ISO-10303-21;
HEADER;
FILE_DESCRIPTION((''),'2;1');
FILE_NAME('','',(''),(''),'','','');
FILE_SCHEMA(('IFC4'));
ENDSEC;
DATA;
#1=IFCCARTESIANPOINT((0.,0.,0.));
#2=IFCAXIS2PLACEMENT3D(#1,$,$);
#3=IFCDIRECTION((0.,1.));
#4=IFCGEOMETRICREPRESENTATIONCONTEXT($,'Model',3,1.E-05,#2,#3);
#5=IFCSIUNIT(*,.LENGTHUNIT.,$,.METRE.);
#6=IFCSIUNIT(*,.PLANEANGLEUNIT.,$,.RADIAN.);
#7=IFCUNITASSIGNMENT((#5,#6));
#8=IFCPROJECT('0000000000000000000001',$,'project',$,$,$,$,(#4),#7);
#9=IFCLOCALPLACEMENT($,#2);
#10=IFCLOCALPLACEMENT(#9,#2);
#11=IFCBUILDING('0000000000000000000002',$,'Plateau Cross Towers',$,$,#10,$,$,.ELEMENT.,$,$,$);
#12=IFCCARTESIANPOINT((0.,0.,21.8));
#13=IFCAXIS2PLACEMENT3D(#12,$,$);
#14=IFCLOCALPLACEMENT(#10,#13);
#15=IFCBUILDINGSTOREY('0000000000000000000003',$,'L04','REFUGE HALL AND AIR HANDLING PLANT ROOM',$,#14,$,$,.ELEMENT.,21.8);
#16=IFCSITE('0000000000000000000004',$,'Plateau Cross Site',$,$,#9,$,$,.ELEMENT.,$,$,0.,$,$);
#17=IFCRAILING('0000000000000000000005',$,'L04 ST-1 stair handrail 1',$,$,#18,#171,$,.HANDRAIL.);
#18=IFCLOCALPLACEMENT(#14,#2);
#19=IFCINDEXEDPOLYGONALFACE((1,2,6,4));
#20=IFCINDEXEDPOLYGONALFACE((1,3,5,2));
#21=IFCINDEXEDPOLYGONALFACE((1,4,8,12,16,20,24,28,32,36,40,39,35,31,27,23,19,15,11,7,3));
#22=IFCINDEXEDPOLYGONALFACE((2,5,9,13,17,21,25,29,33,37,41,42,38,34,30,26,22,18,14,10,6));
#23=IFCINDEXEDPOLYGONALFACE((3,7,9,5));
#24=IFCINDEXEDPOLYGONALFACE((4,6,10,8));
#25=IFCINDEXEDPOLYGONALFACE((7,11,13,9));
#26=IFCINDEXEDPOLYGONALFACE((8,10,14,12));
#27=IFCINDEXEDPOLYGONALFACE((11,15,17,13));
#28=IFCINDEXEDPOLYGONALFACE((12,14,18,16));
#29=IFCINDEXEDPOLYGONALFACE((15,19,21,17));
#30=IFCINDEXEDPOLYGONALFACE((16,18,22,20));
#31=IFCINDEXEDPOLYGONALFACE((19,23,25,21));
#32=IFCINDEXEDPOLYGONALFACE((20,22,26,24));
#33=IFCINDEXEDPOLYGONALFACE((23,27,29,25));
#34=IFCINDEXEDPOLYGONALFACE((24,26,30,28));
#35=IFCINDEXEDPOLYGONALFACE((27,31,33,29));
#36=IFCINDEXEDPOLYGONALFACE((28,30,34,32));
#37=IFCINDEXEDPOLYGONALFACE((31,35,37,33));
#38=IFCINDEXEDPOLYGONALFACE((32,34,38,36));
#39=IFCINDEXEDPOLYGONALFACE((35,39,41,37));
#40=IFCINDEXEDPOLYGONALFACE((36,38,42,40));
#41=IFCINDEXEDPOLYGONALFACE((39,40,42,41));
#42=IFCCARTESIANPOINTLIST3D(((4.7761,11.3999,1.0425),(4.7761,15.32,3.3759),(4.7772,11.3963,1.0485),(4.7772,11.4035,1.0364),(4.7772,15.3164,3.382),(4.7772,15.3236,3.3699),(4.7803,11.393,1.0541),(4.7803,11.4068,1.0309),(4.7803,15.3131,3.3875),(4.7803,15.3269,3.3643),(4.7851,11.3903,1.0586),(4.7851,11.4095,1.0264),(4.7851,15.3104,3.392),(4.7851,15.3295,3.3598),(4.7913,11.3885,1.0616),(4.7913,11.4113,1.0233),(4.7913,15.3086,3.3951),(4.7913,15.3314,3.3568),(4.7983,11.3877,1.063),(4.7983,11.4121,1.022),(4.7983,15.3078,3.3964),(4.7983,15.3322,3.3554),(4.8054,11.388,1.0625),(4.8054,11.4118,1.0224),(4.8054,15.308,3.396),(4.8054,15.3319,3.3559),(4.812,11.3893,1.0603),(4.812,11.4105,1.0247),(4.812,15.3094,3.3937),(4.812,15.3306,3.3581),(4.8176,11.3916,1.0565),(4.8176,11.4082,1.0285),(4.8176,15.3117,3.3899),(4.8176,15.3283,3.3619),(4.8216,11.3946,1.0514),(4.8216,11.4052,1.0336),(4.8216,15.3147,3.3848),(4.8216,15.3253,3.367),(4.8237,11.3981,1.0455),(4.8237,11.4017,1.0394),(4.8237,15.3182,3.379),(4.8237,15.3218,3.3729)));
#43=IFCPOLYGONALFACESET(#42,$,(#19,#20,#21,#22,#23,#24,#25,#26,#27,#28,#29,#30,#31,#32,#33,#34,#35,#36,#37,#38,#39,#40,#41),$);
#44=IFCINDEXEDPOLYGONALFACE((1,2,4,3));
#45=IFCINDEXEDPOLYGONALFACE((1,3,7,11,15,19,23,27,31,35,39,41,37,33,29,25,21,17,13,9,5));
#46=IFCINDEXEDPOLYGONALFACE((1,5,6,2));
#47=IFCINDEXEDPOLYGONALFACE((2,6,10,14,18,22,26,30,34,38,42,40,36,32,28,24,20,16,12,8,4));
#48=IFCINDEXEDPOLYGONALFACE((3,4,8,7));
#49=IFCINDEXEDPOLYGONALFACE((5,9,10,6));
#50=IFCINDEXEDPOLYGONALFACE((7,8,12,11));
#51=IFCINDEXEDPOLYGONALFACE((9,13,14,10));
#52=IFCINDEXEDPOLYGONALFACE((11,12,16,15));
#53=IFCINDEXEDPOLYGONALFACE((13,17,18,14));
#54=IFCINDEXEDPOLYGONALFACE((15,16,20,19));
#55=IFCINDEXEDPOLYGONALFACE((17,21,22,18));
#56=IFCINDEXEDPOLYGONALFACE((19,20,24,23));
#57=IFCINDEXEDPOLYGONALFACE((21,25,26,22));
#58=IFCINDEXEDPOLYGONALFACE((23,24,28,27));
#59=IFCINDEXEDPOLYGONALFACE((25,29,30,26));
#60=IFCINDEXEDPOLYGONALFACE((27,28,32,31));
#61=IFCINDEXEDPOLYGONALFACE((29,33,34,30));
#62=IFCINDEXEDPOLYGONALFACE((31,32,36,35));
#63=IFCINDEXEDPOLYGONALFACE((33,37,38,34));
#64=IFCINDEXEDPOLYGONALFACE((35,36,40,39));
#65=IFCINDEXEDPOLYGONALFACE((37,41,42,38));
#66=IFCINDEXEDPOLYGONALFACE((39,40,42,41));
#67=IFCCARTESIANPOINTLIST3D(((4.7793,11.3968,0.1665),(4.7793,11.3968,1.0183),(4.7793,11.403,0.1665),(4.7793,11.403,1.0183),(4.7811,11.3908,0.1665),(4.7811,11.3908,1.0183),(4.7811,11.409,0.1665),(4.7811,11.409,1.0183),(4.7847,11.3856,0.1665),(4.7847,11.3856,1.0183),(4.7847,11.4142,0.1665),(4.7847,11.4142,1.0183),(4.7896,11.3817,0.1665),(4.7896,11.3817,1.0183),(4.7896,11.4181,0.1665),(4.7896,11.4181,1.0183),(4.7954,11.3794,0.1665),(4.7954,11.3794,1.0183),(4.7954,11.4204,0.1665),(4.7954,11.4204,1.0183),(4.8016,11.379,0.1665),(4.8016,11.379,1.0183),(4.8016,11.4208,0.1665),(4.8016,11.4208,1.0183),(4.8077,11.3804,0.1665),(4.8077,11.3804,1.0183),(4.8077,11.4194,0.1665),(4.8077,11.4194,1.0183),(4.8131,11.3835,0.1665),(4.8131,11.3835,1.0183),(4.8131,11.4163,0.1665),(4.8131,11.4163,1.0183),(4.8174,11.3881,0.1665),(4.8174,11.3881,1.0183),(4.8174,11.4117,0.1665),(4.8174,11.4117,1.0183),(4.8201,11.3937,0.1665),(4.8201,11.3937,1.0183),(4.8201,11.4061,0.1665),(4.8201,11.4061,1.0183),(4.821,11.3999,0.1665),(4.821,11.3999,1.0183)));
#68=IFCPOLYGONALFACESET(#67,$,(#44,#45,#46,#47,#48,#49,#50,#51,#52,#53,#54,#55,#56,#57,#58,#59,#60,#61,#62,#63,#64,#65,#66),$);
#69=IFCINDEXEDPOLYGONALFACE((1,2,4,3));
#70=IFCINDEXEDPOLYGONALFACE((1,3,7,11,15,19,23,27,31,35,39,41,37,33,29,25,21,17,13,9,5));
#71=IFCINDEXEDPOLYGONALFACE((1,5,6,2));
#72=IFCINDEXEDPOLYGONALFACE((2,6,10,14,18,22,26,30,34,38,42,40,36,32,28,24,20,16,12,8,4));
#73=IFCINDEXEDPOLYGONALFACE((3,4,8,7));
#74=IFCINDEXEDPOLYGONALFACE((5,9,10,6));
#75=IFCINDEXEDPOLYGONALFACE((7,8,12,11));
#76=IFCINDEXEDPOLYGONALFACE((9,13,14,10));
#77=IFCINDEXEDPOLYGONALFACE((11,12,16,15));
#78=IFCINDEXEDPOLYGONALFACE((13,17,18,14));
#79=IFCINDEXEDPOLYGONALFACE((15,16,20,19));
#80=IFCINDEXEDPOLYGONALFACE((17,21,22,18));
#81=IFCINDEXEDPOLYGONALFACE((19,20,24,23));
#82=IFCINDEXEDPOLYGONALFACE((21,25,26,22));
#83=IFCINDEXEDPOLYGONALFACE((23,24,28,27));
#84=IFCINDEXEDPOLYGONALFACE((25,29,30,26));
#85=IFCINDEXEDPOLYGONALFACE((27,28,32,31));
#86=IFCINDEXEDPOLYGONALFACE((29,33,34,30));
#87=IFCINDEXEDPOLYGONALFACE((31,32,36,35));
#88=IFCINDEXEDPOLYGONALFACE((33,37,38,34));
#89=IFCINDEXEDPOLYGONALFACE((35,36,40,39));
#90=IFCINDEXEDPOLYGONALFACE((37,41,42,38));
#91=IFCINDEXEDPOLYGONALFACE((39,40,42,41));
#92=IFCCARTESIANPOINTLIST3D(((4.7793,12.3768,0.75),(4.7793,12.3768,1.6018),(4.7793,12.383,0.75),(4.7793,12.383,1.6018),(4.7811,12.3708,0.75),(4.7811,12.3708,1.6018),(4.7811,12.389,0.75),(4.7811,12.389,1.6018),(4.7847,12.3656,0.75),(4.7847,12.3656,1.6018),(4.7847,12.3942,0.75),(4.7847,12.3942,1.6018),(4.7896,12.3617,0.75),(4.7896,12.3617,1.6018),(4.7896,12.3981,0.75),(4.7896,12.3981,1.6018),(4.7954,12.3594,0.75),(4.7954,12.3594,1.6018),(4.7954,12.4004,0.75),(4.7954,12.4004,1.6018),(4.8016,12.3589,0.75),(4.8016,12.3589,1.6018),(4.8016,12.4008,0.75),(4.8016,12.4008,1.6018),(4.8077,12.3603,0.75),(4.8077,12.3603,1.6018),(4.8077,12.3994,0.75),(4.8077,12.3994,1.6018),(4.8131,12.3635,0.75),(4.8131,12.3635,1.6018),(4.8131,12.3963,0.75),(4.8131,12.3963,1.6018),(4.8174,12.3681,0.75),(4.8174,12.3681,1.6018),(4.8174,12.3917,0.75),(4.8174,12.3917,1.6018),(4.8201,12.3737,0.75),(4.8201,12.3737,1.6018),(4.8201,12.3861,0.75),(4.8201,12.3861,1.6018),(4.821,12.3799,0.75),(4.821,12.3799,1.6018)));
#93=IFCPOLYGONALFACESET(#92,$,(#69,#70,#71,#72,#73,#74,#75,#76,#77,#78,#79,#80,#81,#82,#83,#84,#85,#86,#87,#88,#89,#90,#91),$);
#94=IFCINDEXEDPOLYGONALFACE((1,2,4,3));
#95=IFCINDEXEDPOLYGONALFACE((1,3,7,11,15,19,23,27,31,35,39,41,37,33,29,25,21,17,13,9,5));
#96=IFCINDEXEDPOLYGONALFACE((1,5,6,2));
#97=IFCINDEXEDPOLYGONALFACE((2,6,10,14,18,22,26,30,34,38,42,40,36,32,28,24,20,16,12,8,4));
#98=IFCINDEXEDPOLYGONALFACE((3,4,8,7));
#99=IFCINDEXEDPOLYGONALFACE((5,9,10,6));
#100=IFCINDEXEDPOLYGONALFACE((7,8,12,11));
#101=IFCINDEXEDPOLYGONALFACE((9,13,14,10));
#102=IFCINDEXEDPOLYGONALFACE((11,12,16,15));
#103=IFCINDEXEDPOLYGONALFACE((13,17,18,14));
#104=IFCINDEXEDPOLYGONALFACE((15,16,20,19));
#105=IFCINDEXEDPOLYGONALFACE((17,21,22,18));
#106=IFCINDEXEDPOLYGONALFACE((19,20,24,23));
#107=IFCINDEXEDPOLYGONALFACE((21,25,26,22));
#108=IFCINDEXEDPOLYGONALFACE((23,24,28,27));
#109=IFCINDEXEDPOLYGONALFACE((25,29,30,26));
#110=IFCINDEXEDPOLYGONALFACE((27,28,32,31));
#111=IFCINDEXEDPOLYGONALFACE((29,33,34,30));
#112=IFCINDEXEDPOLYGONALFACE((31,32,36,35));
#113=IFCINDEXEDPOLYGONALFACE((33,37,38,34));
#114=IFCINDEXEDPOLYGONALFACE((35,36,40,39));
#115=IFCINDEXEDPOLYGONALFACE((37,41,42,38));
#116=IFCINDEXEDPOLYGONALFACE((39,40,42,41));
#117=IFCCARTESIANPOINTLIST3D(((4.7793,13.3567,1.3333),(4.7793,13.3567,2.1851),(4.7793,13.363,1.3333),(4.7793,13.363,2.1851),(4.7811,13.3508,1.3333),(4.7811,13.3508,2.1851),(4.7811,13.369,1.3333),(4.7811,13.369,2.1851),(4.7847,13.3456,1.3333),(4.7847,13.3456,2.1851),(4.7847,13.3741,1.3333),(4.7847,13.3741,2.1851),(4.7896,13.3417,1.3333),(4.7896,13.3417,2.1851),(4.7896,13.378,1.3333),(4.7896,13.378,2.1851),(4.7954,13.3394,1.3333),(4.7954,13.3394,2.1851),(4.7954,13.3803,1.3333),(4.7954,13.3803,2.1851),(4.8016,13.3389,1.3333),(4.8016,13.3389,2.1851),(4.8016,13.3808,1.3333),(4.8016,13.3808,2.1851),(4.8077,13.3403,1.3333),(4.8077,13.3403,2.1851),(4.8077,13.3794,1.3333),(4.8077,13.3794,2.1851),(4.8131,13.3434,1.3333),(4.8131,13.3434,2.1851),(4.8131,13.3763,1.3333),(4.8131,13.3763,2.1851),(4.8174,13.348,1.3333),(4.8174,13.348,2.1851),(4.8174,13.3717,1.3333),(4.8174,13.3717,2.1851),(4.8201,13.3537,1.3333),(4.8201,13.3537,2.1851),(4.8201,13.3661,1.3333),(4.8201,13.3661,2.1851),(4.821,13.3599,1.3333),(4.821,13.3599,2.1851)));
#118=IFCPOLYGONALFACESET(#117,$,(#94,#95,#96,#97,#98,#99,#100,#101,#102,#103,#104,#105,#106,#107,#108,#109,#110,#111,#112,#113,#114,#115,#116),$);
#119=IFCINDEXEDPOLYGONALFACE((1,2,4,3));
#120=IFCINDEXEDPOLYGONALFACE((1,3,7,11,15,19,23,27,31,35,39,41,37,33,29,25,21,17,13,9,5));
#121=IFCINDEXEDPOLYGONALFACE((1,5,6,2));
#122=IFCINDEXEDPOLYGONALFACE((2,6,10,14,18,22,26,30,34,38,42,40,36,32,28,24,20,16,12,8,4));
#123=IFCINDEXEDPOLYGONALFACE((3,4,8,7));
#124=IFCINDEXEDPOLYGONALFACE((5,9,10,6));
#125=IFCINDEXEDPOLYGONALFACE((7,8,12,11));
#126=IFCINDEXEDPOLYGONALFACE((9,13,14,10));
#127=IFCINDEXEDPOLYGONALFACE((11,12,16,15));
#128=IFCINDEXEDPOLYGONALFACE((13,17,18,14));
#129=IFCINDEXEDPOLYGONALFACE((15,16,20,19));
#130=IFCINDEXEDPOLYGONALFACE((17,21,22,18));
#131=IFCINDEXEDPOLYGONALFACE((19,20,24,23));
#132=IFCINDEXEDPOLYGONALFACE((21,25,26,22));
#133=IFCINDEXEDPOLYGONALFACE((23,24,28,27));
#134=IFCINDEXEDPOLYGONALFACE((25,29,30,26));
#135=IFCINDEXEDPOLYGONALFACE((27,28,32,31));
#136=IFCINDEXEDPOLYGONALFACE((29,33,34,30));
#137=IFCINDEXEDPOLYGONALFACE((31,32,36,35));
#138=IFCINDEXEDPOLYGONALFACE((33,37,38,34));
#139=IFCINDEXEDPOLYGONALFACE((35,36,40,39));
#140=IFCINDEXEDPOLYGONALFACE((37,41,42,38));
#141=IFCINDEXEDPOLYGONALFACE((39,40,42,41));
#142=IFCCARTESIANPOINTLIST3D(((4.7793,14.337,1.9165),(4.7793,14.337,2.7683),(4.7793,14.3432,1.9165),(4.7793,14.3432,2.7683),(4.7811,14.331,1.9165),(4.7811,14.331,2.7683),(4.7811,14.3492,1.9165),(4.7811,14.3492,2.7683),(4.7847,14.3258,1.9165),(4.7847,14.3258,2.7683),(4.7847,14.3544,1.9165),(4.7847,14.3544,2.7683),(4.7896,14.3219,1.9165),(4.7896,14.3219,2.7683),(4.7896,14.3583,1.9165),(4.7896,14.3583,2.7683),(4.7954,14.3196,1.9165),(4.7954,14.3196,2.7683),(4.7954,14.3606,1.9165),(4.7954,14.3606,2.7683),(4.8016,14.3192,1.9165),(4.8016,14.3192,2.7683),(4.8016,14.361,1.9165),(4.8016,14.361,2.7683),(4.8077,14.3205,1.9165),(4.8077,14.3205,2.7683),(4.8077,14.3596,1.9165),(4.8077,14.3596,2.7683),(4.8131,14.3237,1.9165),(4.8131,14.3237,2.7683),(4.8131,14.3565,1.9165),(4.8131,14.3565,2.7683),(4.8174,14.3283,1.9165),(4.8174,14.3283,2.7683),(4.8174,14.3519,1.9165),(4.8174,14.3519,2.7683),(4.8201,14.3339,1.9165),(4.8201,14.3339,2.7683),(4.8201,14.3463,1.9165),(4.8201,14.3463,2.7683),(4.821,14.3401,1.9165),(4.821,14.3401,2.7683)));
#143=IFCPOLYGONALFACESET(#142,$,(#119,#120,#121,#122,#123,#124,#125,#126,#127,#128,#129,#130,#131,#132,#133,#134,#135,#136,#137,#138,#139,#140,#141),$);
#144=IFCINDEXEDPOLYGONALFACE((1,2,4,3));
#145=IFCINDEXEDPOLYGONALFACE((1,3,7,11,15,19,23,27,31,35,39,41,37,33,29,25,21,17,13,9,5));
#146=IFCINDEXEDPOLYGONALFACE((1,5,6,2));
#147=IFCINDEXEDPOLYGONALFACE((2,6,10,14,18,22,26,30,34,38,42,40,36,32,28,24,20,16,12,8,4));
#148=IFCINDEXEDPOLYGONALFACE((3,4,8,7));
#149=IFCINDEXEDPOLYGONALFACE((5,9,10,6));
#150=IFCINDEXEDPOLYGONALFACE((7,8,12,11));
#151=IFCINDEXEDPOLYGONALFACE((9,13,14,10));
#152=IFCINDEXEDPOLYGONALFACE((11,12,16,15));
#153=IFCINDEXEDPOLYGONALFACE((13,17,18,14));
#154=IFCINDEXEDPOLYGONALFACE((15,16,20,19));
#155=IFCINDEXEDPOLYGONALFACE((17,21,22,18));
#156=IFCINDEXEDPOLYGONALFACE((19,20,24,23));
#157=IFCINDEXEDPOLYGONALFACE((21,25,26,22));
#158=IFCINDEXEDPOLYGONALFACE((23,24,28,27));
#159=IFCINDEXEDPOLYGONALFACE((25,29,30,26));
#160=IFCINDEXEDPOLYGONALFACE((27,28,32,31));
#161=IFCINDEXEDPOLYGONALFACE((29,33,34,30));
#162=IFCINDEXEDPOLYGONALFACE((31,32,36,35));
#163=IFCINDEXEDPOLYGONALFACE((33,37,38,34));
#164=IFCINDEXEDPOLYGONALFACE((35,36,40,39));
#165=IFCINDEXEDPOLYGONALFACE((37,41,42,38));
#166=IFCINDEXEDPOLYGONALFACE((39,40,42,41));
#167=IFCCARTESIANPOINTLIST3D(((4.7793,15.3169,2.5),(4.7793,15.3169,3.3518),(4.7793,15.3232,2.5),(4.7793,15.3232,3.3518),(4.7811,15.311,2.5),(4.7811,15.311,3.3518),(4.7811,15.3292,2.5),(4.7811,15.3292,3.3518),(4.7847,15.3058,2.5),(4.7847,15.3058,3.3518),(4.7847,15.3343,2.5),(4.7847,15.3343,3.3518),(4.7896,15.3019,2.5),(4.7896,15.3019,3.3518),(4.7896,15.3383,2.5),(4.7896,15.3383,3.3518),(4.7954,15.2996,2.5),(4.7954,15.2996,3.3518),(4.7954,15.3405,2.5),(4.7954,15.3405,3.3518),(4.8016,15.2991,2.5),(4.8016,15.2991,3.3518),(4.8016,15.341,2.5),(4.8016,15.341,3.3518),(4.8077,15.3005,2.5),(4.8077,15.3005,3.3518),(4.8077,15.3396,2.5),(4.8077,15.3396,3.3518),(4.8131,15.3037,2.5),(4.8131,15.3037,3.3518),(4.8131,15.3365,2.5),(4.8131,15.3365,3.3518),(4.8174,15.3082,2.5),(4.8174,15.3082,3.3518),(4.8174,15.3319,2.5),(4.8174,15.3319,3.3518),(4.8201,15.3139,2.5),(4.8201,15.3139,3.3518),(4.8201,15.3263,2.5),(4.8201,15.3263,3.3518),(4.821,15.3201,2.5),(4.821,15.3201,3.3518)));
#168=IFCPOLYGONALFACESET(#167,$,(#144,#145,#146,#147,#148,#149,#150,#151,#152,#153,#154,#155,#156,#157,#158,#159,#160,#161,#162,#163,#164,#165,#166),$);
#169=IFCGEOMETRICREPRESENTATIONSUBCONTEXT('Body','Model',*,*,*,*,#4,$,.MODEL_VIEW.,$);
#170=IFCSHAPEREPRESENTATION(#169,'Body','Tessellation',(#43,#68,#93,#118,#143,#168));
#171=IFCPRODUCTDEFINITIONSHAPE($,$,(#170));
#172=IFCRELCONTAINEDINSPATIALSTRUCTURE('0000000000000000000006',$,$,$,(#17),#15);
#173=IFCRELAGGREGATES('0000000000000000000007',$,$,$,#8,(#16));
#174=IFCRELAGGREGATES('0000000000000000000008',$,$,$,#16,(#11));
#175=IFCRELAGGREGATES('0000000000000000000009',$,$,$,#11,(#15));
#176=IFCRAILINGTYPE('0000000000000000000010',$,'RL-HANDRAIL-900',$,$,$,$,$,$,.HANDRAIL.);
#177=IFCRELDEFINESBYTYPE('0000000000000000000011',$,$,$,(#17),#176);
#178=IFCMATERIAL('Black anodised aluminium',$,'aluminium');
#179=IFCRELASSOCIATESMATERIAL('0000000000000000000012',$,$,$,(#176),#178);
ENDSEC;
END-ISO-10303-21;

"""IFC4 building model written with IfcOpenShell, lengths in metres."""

from ifc_helpers import new_model, si_unit, direction, frame, origin, origin_2d, place, context, subcontext, project, spatial, circle, extrude, material, type_object, element, save


model = new_model("IFC4")

# Units and contexts
model_context = context("Model", 3, precision=1e-05, world=origin(), true_north=direction((0.0, 1.0)))
body_context = subcontext(model_context, "Body", "Model", "MODEL_VIEW")
ifc_project = project(units=[si_unit("LENGTHUNIT", "METRE"), si_unit("PLANEANGLEUNIT", "RADIAN")], contexts=[model_context])

# Site, building, storey
site_placement = place(None, origin())
site = spatial("IfcSite", under=ifc_project, at=site_placement, Name="Plateau Cross Site", CompositionType="ELEMENT", RefElevation=0.0)
building_placement = place(site_placement, origin())
building = spatial("IfcBuilding", under=site, at=building_placement, Name="Plateau Cross Towers", CompositionType="ELEMENT")
storey_placement = place(building_placement, frame((0.0, 0.0, 21.8)))
storey = spatial("IfcBuildingStorey", under=building, at=storey_placement, Name="L04", Description="REFUGE HALL AND AIR HANDLING PLANT ROOM", CompositionType="ELEMENT", Elevation=21.8)

# Shared definitions
ifc_material_1 = material(Name="Black anodised aluminium", Category="aluminium")

# Railing
railing_type_1 = type_object("IfcRailingType", Name="RL-HANDRAIL-900", PredefinedType="HANDRAIL", material=ifc_material_1)
railing_1_placement = place(storey_placement, frame((4.8, 11.3999, 0.1665)))
element("IfcRailing", 1, at=railing_1_placement, inside=storey, type_object=railing_type_1, Name="L04 ST-1 stair handrail 1", PredefinedType="HANDRAIL", context=body_context, shape_type="SweptSolid", body=[
    extrude(circle(Radius=0.0239, at=origin_2d()), frame((0.0, 0.0, 0.876), z_axis=(0.0, 0.859287, 0.511494), x_axis=(-1.0, 0.0, 0.0)), (0.0, 0.0, 1.0), 4.562),
    extrude(circle(Radius=0.021, at=origin_2d()), origin(), (0.0, 0.0, 1.0), 0.8518),
    extrude(circle(Radius=0.021, at=origin_2d()), frame((0.0, 0.98, 0.5835)), (0.0, 0.0, 1.0), 0.8518),
    extrude(circle(Radius=0.021, at=origin_2d()), frame((0.0, 1.96, 1.1667)), (0.0, 0.0, 1.0), 0.8518),
    extrude(circle(Radius=0.021, at=origin_2d()), frame((0.0, 2.9402, 1.75)), (0.0, 0.0, 1.0), 0.8518),
    extrude(circle(Radius=0.021, at=origin_2d()), frame((0.0, 3.9202, 2.3335)), (0.0, 0.0, 1.0), 0.8518),
])

save(model, "model.ifc")
